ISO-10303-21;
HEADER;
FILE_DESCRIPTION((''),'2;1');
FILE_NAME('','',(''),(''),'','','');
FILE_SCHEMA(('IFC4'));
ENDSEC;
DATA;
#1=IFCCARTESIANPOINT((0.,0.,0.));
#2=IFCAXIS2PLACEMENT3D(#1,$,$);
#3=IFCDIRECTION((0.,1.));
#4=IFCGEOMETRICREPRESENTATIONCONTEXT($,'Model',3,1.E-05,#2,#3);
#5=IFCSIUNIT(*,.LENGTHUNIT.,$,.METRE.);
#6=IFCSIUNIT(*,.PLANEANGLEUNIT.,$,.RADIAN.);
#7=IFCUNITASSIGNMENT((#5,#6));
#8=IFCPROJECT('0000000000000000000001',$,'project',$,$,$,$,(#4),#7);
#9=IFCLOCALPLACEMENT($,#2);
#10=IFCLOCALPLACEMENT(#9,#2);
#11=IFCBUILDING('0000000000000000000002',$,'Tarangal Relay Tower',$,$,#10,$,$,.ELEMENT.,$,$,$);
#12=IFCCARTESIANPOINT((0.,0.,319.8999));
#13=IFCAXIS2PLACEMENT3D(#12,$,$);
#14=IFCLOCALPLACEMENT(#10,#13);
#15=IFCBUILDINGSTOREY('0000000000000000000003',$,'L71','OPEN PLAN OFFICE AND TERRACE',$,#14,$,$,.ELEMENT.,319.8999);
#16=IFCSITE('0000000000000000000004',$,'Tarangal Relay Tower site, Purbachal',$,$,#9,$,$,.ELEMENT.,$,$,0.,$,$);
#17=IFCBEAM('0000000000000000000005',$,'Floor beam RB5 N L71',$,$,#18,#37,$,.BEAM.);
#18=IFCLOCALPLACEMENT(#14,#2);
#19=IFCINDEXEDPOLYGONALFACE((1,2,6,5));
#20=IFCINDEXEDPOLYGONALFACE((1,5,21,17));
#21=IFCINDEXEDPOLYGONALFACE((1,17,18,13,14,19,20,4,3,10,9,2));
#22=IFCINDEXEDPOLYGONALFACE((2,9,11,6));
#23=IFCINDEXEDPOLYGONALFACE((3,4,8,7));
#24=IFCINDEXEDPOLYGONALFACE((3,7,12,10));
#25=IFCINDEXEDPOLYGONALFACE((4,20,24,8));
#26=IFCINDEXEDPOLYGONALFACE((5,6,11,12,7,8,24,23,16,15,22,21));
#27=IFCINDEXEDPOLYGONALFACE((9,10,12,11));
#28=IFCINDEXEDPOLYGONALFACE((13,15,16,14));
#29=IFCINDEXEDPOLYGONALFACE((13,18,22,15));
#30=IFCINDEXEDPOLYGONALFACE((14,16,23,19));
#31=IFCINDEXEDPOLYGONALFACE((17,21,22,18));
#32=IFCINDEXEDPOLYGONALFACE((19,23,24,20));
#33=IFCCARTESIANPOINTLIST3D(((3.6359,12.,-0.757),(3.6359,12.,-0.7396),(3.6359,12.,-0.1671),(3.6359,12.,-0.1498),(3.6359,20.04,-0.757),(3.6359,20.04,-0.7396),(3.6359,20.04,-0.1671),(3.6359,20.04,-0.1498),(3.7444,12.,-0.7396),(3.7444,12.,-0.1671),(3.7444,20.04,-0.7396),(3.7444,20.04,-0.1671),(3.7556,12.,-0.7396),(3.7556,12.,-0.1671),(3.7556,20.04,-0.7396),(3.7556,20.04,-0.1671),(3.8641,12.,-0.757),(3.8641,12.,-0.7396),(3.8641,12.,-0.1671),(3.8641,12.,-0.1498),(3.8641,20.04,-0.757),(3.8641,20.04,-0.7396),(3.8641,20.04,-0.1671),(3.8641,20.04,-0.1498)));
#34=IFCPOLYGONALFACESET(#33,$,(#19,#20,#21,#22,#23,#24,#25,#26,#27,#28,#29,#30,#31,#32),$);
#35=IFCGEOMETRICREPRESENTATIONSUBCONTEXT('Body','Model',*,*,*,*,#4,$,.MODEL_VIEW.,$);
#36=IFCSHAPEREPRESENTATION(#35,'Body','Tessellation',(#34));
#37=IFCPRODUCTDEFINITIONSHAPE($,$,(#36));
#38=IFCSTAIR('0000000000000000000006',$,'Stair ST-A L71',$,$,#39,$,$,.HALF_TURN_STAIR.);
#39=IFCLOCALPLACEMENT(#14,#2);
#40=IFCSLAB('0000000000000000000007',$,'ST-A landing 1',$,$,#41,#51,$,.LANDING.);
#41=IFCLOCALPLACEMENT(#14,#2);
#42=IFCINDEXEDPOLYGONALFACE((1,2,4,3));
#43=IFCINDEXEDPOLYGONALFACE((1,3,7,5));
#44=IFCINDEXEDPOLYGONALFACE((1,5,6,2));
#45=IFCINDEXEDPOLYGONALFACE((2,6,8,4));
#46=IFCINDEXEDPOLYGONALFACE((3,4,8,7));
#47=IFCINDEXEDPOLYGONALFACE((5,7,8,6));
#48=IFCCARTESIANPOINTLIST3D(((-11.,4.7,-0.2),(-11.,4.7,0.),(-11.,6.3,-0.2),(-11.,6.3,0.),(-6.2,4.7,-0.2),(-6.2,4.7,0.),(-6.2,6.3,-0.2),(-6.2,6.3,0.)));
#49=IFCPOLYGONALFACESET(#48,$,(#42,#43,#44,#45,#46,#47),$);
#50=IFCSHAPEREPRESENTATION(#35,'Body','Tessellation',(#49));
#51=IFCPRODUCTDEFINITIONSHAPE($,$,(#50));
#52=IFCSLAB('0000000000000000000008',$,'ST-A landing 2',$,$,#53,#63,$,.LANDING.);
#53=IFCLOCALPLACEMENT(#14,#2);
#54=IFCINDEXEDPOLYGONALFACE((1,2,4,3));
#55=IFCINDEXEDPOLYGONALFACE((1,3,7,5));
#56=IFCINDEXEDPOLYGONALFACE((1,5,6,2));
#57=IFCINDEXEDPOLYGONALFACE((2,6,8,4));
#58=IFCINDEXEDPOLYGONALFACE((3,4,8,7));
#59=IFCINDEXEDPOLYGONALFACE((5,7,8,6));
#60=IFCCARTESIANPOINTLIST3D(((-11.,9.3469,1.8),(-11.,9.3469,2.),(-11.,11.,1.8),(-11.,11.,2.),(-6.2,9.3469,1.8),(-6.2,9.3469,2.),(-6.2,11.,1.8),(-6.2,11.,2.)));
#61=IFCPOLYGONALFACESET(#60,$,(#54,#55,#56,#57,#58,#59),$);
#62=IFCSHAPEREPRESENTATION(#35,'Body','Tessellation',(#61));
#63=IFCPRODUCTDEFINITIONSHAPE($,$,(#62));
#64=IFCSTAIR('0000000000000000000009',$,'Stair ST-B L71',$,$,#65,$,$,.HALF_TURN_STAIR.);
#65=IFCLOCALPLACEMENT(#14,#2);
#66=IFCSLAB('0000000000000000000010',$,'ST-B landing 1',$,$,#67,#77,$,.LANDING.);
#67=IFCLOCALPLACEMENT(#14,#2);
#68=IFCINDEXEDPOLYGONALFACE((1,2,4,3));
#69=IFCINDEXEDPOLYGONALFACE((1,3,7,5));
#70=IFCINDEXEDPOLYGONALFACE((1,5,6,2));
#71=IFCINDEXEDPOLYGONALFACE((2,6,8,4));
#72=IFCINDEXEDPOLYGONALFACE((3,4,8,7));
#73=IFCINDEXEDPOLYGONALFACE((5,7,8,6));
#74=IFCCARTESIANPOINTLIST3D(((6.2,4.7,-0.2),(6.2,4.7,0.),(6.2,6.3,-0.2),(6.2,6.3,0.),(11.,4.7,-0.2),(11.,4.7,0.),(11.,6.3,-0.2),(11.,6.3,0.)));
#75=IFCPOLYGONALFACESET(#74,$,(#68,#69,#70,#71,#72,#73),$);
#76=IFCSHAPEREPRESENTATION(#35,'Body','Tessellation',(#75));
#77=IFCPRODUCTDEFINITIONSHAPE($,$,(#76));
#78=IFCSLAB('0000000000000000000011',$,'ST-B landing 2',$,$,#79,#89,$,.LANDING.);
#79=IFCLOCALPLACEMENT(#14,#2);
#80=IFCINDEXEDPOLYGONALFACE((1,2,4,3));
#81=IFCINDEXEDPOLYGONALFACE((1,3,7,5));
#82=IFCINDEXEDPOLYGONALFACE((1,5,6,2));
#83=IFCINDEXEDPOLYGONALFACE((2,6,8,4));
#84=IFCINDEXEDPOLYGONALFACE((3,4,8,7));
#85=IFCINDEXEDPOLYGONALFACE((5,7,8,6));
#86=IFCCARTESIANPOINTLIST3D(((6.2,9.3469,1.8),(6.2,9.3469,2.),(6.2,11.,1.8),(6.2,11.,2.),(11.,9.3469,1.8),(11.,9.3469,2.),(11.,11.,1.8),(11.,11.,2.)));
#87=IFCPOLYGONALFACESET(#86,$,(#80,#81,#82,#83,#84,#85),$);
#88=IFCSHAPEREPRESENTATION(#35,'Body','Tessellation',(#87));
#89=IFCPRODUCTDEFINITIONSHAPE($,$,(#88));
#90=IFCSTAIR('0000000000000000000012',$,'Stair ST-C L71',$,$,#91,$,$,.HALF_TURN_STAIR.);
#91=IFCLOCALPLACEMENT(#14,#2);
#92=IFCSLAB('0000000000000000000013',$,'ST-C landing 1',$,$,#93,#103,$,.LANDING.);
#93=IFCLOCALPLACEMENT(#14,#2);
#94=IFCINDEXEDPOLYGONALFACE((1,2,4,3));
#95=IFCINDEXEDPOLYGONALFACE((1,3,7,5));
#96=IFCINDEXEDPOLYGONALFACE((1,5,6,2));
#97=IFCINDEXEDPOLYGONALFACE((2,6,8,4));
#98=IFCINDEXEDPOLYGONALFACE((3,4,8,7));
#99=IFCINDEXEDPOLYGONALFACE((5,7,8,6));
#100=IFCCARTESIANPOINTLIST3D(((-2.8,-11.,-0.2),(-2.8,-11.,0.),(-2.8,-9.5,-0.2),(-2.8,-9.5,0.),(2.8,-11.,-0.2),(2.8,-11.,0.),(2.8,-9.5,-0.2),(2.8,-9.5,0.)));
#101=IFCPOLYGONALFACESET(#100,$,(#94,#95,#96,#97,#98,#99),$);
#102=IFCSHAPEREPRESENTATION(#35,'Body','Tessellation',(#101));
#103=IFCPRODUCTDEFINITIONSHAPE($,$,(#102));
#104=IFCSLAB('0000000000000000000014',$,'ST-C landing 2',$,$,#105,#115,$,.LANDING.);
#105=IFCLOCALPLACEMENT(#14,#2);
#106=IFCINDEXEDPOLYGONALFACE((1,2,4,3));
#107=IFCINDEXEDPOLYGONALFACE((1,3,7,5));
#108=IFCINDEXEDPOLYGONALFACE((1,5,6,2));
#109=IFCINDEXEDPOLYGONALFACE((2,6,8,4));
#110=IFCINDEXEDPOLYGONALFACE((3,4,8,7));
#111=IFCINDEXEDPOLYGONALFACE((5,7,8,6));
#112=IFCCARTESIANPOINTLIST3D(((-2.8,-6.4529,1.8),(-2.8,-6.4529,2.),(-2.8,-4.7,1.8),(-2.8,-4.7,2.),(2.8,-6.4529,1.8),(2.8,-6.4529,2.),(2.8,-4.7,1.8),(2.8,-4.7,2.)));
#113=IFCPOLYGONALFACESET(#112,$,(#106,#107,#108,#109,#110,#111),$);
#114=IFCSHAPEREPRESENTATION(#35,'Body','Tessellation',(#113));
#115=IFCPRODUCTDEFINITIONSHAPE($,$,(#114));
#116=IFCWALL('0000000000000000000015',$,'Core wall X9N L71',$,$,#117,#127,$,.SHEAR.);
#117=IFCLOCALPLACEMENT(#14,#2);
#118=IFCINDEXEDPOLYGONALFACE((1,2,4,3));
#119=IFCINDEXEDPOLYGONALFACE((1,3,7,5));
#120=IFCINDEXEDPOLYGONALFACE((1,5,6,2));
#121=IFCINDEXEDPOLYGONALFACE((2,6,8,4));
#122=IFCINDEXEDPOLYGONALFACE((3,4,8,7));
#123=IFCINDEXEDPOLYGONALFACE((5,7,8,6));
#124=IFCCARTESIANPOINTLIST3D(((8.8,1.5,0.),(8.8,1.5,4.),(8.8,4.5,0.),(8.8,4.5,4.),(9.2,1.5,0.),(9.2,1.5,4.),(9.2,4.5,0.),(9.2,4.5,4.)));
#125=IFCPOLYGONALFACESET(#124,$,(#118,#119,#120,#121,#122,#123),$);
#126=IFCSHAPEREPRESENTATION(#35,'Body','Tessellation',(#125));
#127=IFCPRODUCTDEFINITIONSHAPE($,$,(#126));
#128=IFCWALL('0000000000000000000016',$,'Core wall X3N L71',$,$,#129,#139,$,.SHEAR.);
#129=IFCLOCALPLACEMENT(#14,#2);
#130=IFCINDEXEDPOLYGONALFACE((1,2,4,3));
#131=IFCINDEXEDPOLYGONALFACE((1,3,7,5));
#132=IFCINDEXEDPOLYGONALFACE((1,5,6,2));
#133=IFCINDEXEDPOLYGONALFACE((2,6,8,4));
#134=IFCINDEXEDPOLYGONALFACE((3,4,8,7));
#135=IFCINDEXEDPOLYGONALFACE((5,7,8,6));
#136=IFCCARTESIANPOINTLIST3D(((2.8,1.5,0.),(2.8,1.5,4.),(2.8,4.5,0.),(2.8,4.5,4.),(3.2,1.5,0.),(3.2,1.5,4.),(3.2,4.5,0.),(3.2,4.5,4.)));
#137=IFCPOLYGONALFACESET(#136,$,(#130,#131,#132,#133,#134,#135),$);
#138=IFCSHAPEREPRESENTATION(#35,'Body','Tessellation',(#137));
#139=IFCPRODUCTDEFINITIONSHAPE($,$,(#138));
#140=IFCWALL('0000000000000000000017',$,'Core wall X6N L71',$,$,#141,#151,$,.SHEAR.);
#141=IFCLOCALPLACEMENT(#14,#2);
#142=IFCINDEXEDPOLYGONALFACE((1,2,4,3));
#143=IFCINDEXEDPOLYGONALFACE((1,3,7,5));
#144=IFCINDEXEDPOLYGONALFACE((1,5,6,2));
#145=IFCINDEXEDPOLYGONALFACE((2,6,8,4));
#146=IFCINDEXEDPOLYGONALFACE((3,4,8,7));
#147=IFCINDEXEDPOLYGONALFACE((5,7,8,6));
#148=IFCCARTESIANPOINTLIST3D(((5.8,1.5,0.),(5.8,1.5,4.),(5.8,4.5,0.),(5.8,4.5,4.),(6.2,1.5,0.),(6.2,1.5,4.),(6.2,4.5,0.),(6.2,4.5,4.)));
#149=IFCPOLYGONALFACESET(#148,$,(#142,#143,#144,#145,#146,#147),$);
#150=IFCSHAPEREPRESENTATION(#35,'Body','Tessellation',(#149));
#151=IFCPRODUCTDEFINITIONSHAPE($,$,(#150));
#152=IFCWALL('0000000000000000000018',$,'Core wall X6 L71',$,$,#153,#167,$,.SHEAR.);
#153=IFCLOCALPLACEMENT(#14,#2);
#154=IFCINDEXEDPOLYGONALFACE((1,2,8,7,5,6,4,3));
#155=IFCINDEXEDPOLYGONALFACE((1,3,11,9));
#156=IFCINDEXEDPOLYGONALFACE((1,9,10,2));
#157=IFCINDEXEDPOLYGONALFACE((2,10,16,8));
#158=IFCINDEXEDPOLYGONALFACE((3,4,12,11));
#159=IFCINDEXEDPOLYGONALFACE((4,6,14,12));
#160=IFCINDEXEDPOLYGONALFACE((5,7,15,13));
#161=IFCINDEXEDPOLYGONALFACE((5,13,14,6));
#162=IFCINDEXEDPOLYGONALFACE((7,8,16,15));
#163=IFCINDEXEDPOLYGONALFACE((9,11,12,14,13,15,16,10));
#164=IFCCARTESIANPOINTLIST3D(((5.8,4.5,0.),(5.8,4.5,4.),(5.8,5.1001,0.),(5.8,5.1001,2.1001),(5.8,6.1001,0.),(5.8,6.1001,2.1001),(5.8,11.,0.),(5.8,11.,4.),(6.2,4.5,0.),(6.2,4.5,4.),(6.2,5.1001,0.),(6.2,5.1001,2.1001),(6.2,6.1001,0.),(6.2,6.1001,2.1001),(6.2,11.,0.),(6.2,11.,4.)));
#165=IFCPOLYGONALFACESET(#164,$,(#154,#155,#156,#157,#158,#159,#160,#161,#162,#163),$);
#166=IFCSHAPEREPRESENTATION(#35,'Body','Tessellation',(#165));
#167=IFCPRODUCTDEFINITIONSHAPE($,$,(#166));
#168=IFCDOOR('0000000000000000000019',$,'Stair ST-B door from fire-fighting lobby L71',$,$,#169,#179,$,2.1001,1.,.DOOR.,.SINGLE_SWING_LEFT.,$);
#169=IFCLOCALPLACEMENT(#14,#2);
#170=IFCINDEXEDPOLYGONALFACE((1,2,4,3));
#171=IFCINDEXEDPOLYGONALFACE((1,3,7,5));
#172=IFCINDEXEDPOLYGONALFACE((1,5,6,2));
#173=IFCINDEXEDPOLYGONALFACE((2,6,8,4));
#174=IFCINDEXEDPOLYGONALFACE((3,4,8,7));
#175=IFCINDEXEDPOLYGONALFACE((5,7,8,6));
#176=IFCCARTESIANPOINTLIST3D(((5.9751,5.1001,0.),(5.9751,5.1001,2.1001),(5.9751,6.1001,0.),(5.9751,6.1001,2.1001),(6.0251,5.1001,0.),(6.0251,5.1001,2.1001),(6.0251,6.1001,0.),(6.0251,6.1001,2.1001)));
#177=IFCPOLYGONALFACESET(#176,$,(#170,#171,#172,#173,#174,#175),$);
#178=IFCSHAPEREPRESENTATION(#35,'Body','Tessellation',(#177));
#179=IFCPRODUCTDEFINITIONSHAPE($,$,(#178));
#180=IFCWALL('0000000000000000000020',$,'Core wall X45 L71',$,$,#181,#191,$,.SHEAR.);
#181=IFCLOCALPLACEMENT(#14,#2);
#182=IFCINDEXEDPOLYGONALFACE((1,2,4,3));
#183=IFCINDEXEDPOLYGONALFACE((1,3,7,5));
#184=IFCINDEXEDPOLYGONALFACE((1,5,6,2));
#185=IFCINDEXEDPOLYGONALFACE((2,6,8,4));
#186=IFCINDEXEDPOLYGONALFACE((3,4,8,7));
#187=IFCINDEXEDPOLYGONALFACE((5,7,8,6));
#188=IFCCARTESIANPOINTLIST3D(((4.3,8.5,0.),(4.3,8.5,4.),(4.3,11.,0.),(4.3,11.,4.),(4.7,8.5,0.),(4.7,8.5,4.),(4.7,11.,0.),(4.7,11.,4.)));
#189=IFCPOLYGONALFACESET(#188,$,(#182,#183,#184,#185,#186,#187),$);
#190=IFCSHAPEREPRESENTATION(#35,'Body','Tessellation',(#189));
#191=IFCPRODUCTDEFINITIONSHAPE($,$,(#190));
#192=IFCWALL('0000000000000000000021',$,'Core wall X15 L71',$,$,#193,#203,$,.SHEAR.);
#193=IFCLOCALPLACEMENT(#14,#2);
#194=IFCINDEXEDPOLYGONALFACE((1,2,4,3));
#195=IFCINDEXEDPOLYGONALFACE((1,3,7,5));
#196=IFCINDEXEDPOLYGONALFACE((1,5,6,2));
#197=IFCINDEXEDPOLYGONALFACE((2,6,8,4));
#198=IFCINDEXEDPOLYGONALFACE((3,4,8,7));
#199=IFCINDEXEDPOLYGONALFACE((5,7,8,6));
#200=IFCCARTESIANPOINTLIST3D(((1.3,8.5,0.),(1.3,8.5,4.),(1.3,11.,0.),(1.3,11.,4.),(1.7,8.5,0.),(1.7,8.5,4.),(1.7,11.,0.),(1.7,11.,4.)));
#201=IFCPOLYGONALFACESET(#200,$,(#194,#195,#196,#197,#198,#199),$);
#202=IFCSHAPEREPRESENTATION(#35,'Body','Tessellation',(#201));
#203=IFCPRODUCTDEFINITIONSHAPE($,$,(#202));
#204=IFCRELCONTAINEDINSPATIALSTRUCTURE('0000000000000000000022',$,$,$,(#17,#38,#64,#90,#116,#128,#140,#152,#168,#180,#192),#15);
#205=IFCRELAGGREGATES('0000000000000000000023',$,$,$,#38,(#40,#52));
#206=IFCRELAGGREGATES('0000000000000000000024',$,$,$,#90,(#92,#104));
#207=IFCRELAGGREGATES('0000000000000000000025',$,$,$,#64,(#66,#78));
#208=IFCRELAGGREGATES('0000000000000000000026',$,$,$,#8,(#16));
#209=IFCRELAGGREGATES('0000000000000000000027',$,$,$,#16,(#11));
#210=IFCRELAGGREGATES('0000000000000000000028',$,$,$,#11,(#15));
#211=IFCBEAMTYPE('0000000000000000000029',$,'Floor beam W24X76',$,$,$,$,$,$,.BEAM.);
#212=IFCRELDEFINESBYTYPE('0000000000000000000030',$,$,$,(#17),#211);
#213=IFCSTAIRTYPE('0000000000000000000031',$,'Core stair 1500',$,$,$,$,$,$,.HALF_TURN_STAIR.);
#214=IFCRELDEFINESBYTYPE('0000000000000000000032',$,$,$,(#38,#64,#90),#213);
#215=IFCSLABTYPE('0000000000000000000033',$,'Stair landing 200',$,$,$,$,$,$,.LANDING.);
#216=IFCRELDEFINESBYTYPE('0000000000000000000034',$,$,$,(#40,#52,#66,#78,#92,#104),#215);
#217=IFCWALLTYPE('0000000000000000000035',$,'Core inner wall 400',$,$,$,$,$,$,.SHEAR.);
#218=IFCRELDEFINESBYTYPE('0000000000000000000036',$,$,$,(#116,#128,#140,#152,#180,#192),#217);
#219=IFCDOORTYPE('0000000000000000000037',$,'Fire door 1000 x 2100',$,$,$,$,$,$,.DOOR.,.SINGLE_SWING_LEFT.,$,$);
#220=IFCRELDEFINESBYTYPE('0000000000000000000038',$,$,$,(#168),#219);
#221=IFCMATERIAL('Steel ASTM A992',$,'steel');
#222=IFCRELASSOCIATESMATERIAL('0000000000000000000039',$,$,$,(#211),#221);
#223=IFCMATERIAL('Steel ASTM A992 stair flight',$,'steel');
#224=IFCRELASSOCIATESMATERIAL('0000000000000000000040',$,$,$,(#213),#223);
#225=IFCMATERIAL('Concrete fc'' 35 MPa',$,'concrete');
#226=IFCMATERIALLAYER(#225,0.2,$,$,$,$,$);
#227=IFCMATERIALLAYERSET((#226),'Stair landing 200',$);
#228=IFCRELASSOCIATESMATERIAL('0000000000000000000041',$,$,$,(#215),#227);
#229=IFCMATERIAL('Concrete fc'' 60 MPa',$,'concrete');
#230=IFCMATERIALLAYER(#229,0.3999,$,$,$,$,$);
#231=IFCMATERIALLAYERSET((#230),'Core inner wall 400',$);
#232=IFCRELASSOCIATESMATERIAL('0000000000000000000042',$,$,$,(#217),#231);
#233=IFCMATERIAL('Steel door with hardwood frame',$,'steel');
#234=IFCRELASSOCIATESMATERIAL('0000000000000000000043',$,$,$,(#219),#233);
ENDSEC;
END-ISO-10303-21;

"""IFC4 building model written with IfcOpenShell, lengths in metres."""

from ifc_helpers import new_model, si_unit, direction, frame, frame_2d, origin, origin_2d, place, context, subcontext, project, spatial, polyline, rectangle, i_section, outline, extrude, material, layer, layer_set, material_profile, profile_set, type_object, element, fill, aggregate, save


model = new_model("IFC4")

# Units and contexts
model_context = context("Model", 3, precision=1e-05, world=origin(), true_north=direction((0.0, 1.0)))
body_context = subcontext(model_context, "Body", "Model", "MODEL_VIEW")
ifc_project = project(units=[si_unit("LENGTHUNIT", "METRE"), si_unit("PLANEANGLEUNIT", "RADIAN")], contexts=[model_context])

# Site, building, storey
site_placement = place(None, origin())
site = spatial("IfcSite", under=ifc_project, at=site_placement, Name="Tarangal Relay Tower site, Purbachal", CompositionType="ELEMENT", RefElevation=0.0)
building_placement = place(site_placement, origin())
building = spatial("IfcBuilding", under=site, at=building_placement, Name="Tarangal Relay Tower", CompositionType="ELEMENT")
storey_placement = place(building_placement, frame((0.0, 0.0, 319.8999)))
storey = spatial("IfcBuildingStorey", under=building, at=storey_placement, Name="L71", Description="OPEN PLAN OFFICE AND TERRACE", CompositionType="ELEMENT", Elevation=319.8999)

# Beam
ifc_material_1 = material(Name="Steel ASTM A992", Category="steel")
ifc_material_profile = material_profile(ifc_material_1, i_section(OverallWidth=0.2283, OverallDepth=0.6072, WebThickness=0.0112, FlangeThickness=0.0173, at=origin_2d()), Name="W24X76")
ifc_profile_set = profile_set([ifc_material_profile], Name="Steel ASTM A992")
beam_type = type_object("IfcBeamType", Name="Floor beam W24X76", PredefinedType="BEAM", material=ifc_profile_set)
beam_placement = place(storey_placement, frame((3.75, 12.0, -0.4534), z_axis=(0.0, 1.0, 0.0), x_axis=(-1.0, 0.0, 0.0)))
element("IfcBeam", 1, at=beam_placement, inside=storey, type_object=beam_type, Name="Floor beam RB5 N L71", PredefinedType="BEAM", context=body_context, shape_type="SweptSolid", body=[
    extrude(i_section(OverallWidth=0.2283, OverallDepth=0.6072, WebThickness=0.0112, FlangeThickness=0.0173, at=origin_2d()), origin(), (0.0, 0.0, 1.0), 8.04),
])

# Stairs, slabs
ifc_material_2 = material(Name="Steel ASTM A992 stair flight", Category="steel")
stair_type = type_object("IfcStairType", Name="Core stair 1500", PredefinedType="HALF_TURN_STAIR", material=ifc_material_2)
stair_1_placement = place(storey_placement, origin())
stair_1 = element("IfcStair", 2, at=stair_1_placement, inside=storey, type_object=stair_type, Name="Stair ST-A L71", PredefinedType="HALF_TURN_STAIR")
ifc_material_3 = material(Name="Concrete fc' 35 MPa", Category="concrete")
ifc_layer_1 = layer(ifc_material_3, 0.2)
ifc_layer_set_1 = layer_set([ifc_layer_1], Name="Stair landing 200")
slab_type = type_object("IfcSlabType", Name="Stair landing 200", PredefinedType="LANDING", material=ifc_layer_set_1)
slab_1_placement = place(storey_placement, frame((0.0, 0.0, -0.2)))
slab_1 = element("IfcSlab", 3, at=slab_1_placement, type_object=slab_type, Name="ST-A landing 1", PredefinedType="LANDING", context=body_context, shape_type="SweptSolid", body=[
    extrude(outline(polyline([(-11.0, 4.7), (-6.2, 4.7), (-6.2, 6.3), (-11.0, 6.3), (-11.0, 4.7)])), origin(), (0.0, 0.0, 1.0), 0.2),
])
slab_2_placement = place(storey_placement, frame((0.0, 0.0, 1.8)))
slab_2 = element("IfcSlab", 4, at=slab_2_placement, type_object=slab_type, Name="ST-A landing 2", PredefinedType="LANDING", context=body_context, shape_type="SweptSolid", body=[
    extrude(outline(polyline([(-11.0, 9.3469), (-6.2, 9.3469), (-6.2, 11.0), (-11.0, 11.0), (-11.0, 9.3469)])), origin(), (0.0, 0.0, 1.0), 0.2),
])
aggregate(stair_1, [slab_1, slab_2])
stair_2_placement = place(storey_placement, origin())
stair_2 = element("IfcStair", 5, at=stair_2_placement, inside=storey, type_object=stair_type, Name="Stair ST-B L71", PredefinedType="HALF_TURN_STAIR")
slab_3_placement = place(storey_placement, frame((0.0, 0.0, -0.2)))
slab_3 = element("IfcSlab", 6, at=slab_3_placement, type_object=slab_type, Name="ST-B landing 1", PredefinedType="LANDING", context=body_context, shape_type="SweptSolid", body=[
    extrude(outline(polyline([(6.2, 4.7), (11.0, 4.7), (11.0, 6.3), (6.2, 6.3), (6.2, 4.7)])), origin(), (0.0, 0.0, 1.0), 0.2),
])
slab_4_placement = place(storey_placement, frame((0.0, 0.0, 1.8)))
slab_4 = element("IfcSlab", 7, at=slab_4_placement, type_object=slab_type, Name="ST-B landing 2", PredefinedType="LANDING", context=body_context, shape_type="SweptSolid", body=[
    extrude(outline(polyline([(6.2, 9.3469), (11.0, 9.3469), (11.0, 11.0), (6.2, 11.0), (6.2, 9.3469)])), origin(), (0.0, 0.0, 1.0), 0.2),
])
stair_3_placement = place(storey_placement, origin())
stair_3 = element("IfcStair", 8, at=stair_3_placement, inside=storey, type_object=stair_type, Name="Stair ST-C L71", PredefinedType="HALF_TURN_STAIR")
slab_5_placement = place(storey_placement, frame((0.0, 0.0, -0.2)))
slab_5 = element("IfcSlab", 9, at=slab_5_placement, type_object=slab_type, Name="ST-C landing 1", PredefinedType="LANDING", context=body_context, shape_type="SweptSolid", body=[
    extrude(outline(polyline([(-2.8, -11.0), (2.8, -11.0), (2.8, -9.5), (-2.8, -9.5), (-2.8, -11.0)])), origin(), (0.0, 0.0, 1.0), 0.2),
])
slab_6_placement = place(storey_placement, frame((0.0, 0.0, 1.8)))
slab_6 = element("IfcSlab", 10, at=slab_6_placement, type_object=slab_type, Name="ST-C landing 2", PredefinedType="LANDING", context=body_context, shape_type="SweptSolid", body=[
    extrude(outline(polyline([(-2.8, -6.4529), (2.8, -6.4529), (2.8, -4.7), (-2.8, -4.7), (-2.8, -6.4529)])), origin(), (0.0, 0.0, 1.0), 0.2),
])
aggregate(stair_3, [slab_5, slab_6])

# Walls
ifc_material_4 = material(Name="Concrete fc' 60 MPa", Category="concrete")
ifc_layer_2 = layer(ifc_material_4, 0.3999)
ifc_layer_set_2 = layer_set([ifc_layer_2], Name="Core inner wall 400")
wall_type = type_object("IfcWallType", Name="Core inner wall 400", PredefinedType="SHEAR", material=ifc_layer_set_2)
for number, where, z_axis, x_axis, name in (
    (11, (9.0, 1.5, 0.0), (0.0, 0.0, 1.0), (0.0, 1.0, 0.0), "Core wall X9N L71"),
    (12, (3.0, 1.5, 0.0), (0.0, 0.0, 1.0), (0.0, 1.0, 0.0), "Core wall X3N L71"),
    (13, (6.0, 1.5, 0.0), (0.0, 0.0, 1.0), (0.0, 1.0, 0.0), "Core wall X6N L71"),
):
    element("IfcWall", number, at=place(storey_placement, frame(where, z_axis=z_axis, x_axis=x_axis)), inside=storey, type_object=wall_type, Name=name, PredefinedType="SHEAR", context=body_context, shape_type="SweptSolid", body=[
        extrude(rectangle(XDim=3.0, YDim=0.3999, at=frame_2d((1.5, 0.0))), origin(), (0.0, 0.0, 1.0), 4.0),
    ])

# Wall, opening, door
wall_placement = place(storey_placement, frame((6.0, 4.5, 0.0), z_axis=(0.0, 0.0, 1.0), x_axis=(0.0, 1.0, 0.0)))
wall = element("IfcWall", 14, at=wall_placement, inside=storey, type_object=wall_type, Name="Core wall X6 L71", PredefinedType="SHEAR", context=body_context, shape_type="SweptSolid", body=[
    extrude(rectangle(XDim=6.5, YDim=0.3999, at=frame_2d((3.25, 0.0))), origin(), (0.0, 0.0, 1.0), 4.0),
])
opening_placement = place(wall_placement, frame((0.6001, 0.0, 0.0)))
opening = element("IfcOpeningElement", 15, at=opening_placement, cuts=wall, PredefinedType="OPENING", context=body_context, shape_type="SweptSolid", body=[
    extrude(rectangle(XDim=1.0, YDim=2.1001, at=frame_2d((0.5, 1.05))), frame((0.0, 0.21, 0.0), z_axis=(0.0, -1.0, 0.0), x_axis=(1.0, 0.0, 0.0)), (0.0, 0.0, 1.0), 0.4199),
])
ifc_material_5 = material(Name="Steel door with hardwood frame", Category="steel")
door_type = type_object("IfcDoorType", Name="Fire door 1000 x 2100", OperationType="SINGLE_SWING_LEFT", PredefinedType="DOOR", material=ifc_material_5)
door_placement = place(opening_placement, origin())
door = element("IfcDoor", 16, at=door_placement, inside=storey, type_object=door_type, Name="Stair ST-B door from fire-fighting lobby L71", OperationType="SINGLE_SWING_LEFT", OverallHeight=2.1001, OverallWidth=1.0, PredefinedType="DOOR", context=body_context, shape_type="SweptSolid", body=[
    extrude(rectangle(XDim=1.0, YDim=2.1001, at=frame_2d((0.5, 1.05))), frame((0.0, 0.0249, 0.0), z_axis=(0.0, -1.0, 0.0), x_axis=(1.0, 0.0, 0.0)), (0.0, 0.0, 1.0), 0.05),
])
fill(opening, door)

# Walls
for number, where, z_axis, x_axis, name in (
    (17, (4.5, 8.5, 0.0), (0.0, 0.0, 1.0), (0.0, 1.0, 0.0), "Core wall X45 L71"),
    (18, (1.5, 8.5, 0.0), (0.0, 0.0, 1.0), (0.0, 1.0, 0.0), "Core wall X15 L71"),
):
    element("IfcWall", number, at=place(storey_placement, frame(where, z_axis=z_axis, x_axis=x_axis)), inside=storey, type_object=wall_type, Name=name, PredefinedType="SHEAR", context=body_context, shape_type="SweptSolid", body=[
        extrude(rectangle(XDim=2.5, YDim=0.3999, at=frame_2d((1.25, 0.0))), origin(), (0.0, 0.0, 1.0), 4.0),
    ])

aggregate(stair_2, [slab_3, slab_4])

save(model, "model.ifc")
